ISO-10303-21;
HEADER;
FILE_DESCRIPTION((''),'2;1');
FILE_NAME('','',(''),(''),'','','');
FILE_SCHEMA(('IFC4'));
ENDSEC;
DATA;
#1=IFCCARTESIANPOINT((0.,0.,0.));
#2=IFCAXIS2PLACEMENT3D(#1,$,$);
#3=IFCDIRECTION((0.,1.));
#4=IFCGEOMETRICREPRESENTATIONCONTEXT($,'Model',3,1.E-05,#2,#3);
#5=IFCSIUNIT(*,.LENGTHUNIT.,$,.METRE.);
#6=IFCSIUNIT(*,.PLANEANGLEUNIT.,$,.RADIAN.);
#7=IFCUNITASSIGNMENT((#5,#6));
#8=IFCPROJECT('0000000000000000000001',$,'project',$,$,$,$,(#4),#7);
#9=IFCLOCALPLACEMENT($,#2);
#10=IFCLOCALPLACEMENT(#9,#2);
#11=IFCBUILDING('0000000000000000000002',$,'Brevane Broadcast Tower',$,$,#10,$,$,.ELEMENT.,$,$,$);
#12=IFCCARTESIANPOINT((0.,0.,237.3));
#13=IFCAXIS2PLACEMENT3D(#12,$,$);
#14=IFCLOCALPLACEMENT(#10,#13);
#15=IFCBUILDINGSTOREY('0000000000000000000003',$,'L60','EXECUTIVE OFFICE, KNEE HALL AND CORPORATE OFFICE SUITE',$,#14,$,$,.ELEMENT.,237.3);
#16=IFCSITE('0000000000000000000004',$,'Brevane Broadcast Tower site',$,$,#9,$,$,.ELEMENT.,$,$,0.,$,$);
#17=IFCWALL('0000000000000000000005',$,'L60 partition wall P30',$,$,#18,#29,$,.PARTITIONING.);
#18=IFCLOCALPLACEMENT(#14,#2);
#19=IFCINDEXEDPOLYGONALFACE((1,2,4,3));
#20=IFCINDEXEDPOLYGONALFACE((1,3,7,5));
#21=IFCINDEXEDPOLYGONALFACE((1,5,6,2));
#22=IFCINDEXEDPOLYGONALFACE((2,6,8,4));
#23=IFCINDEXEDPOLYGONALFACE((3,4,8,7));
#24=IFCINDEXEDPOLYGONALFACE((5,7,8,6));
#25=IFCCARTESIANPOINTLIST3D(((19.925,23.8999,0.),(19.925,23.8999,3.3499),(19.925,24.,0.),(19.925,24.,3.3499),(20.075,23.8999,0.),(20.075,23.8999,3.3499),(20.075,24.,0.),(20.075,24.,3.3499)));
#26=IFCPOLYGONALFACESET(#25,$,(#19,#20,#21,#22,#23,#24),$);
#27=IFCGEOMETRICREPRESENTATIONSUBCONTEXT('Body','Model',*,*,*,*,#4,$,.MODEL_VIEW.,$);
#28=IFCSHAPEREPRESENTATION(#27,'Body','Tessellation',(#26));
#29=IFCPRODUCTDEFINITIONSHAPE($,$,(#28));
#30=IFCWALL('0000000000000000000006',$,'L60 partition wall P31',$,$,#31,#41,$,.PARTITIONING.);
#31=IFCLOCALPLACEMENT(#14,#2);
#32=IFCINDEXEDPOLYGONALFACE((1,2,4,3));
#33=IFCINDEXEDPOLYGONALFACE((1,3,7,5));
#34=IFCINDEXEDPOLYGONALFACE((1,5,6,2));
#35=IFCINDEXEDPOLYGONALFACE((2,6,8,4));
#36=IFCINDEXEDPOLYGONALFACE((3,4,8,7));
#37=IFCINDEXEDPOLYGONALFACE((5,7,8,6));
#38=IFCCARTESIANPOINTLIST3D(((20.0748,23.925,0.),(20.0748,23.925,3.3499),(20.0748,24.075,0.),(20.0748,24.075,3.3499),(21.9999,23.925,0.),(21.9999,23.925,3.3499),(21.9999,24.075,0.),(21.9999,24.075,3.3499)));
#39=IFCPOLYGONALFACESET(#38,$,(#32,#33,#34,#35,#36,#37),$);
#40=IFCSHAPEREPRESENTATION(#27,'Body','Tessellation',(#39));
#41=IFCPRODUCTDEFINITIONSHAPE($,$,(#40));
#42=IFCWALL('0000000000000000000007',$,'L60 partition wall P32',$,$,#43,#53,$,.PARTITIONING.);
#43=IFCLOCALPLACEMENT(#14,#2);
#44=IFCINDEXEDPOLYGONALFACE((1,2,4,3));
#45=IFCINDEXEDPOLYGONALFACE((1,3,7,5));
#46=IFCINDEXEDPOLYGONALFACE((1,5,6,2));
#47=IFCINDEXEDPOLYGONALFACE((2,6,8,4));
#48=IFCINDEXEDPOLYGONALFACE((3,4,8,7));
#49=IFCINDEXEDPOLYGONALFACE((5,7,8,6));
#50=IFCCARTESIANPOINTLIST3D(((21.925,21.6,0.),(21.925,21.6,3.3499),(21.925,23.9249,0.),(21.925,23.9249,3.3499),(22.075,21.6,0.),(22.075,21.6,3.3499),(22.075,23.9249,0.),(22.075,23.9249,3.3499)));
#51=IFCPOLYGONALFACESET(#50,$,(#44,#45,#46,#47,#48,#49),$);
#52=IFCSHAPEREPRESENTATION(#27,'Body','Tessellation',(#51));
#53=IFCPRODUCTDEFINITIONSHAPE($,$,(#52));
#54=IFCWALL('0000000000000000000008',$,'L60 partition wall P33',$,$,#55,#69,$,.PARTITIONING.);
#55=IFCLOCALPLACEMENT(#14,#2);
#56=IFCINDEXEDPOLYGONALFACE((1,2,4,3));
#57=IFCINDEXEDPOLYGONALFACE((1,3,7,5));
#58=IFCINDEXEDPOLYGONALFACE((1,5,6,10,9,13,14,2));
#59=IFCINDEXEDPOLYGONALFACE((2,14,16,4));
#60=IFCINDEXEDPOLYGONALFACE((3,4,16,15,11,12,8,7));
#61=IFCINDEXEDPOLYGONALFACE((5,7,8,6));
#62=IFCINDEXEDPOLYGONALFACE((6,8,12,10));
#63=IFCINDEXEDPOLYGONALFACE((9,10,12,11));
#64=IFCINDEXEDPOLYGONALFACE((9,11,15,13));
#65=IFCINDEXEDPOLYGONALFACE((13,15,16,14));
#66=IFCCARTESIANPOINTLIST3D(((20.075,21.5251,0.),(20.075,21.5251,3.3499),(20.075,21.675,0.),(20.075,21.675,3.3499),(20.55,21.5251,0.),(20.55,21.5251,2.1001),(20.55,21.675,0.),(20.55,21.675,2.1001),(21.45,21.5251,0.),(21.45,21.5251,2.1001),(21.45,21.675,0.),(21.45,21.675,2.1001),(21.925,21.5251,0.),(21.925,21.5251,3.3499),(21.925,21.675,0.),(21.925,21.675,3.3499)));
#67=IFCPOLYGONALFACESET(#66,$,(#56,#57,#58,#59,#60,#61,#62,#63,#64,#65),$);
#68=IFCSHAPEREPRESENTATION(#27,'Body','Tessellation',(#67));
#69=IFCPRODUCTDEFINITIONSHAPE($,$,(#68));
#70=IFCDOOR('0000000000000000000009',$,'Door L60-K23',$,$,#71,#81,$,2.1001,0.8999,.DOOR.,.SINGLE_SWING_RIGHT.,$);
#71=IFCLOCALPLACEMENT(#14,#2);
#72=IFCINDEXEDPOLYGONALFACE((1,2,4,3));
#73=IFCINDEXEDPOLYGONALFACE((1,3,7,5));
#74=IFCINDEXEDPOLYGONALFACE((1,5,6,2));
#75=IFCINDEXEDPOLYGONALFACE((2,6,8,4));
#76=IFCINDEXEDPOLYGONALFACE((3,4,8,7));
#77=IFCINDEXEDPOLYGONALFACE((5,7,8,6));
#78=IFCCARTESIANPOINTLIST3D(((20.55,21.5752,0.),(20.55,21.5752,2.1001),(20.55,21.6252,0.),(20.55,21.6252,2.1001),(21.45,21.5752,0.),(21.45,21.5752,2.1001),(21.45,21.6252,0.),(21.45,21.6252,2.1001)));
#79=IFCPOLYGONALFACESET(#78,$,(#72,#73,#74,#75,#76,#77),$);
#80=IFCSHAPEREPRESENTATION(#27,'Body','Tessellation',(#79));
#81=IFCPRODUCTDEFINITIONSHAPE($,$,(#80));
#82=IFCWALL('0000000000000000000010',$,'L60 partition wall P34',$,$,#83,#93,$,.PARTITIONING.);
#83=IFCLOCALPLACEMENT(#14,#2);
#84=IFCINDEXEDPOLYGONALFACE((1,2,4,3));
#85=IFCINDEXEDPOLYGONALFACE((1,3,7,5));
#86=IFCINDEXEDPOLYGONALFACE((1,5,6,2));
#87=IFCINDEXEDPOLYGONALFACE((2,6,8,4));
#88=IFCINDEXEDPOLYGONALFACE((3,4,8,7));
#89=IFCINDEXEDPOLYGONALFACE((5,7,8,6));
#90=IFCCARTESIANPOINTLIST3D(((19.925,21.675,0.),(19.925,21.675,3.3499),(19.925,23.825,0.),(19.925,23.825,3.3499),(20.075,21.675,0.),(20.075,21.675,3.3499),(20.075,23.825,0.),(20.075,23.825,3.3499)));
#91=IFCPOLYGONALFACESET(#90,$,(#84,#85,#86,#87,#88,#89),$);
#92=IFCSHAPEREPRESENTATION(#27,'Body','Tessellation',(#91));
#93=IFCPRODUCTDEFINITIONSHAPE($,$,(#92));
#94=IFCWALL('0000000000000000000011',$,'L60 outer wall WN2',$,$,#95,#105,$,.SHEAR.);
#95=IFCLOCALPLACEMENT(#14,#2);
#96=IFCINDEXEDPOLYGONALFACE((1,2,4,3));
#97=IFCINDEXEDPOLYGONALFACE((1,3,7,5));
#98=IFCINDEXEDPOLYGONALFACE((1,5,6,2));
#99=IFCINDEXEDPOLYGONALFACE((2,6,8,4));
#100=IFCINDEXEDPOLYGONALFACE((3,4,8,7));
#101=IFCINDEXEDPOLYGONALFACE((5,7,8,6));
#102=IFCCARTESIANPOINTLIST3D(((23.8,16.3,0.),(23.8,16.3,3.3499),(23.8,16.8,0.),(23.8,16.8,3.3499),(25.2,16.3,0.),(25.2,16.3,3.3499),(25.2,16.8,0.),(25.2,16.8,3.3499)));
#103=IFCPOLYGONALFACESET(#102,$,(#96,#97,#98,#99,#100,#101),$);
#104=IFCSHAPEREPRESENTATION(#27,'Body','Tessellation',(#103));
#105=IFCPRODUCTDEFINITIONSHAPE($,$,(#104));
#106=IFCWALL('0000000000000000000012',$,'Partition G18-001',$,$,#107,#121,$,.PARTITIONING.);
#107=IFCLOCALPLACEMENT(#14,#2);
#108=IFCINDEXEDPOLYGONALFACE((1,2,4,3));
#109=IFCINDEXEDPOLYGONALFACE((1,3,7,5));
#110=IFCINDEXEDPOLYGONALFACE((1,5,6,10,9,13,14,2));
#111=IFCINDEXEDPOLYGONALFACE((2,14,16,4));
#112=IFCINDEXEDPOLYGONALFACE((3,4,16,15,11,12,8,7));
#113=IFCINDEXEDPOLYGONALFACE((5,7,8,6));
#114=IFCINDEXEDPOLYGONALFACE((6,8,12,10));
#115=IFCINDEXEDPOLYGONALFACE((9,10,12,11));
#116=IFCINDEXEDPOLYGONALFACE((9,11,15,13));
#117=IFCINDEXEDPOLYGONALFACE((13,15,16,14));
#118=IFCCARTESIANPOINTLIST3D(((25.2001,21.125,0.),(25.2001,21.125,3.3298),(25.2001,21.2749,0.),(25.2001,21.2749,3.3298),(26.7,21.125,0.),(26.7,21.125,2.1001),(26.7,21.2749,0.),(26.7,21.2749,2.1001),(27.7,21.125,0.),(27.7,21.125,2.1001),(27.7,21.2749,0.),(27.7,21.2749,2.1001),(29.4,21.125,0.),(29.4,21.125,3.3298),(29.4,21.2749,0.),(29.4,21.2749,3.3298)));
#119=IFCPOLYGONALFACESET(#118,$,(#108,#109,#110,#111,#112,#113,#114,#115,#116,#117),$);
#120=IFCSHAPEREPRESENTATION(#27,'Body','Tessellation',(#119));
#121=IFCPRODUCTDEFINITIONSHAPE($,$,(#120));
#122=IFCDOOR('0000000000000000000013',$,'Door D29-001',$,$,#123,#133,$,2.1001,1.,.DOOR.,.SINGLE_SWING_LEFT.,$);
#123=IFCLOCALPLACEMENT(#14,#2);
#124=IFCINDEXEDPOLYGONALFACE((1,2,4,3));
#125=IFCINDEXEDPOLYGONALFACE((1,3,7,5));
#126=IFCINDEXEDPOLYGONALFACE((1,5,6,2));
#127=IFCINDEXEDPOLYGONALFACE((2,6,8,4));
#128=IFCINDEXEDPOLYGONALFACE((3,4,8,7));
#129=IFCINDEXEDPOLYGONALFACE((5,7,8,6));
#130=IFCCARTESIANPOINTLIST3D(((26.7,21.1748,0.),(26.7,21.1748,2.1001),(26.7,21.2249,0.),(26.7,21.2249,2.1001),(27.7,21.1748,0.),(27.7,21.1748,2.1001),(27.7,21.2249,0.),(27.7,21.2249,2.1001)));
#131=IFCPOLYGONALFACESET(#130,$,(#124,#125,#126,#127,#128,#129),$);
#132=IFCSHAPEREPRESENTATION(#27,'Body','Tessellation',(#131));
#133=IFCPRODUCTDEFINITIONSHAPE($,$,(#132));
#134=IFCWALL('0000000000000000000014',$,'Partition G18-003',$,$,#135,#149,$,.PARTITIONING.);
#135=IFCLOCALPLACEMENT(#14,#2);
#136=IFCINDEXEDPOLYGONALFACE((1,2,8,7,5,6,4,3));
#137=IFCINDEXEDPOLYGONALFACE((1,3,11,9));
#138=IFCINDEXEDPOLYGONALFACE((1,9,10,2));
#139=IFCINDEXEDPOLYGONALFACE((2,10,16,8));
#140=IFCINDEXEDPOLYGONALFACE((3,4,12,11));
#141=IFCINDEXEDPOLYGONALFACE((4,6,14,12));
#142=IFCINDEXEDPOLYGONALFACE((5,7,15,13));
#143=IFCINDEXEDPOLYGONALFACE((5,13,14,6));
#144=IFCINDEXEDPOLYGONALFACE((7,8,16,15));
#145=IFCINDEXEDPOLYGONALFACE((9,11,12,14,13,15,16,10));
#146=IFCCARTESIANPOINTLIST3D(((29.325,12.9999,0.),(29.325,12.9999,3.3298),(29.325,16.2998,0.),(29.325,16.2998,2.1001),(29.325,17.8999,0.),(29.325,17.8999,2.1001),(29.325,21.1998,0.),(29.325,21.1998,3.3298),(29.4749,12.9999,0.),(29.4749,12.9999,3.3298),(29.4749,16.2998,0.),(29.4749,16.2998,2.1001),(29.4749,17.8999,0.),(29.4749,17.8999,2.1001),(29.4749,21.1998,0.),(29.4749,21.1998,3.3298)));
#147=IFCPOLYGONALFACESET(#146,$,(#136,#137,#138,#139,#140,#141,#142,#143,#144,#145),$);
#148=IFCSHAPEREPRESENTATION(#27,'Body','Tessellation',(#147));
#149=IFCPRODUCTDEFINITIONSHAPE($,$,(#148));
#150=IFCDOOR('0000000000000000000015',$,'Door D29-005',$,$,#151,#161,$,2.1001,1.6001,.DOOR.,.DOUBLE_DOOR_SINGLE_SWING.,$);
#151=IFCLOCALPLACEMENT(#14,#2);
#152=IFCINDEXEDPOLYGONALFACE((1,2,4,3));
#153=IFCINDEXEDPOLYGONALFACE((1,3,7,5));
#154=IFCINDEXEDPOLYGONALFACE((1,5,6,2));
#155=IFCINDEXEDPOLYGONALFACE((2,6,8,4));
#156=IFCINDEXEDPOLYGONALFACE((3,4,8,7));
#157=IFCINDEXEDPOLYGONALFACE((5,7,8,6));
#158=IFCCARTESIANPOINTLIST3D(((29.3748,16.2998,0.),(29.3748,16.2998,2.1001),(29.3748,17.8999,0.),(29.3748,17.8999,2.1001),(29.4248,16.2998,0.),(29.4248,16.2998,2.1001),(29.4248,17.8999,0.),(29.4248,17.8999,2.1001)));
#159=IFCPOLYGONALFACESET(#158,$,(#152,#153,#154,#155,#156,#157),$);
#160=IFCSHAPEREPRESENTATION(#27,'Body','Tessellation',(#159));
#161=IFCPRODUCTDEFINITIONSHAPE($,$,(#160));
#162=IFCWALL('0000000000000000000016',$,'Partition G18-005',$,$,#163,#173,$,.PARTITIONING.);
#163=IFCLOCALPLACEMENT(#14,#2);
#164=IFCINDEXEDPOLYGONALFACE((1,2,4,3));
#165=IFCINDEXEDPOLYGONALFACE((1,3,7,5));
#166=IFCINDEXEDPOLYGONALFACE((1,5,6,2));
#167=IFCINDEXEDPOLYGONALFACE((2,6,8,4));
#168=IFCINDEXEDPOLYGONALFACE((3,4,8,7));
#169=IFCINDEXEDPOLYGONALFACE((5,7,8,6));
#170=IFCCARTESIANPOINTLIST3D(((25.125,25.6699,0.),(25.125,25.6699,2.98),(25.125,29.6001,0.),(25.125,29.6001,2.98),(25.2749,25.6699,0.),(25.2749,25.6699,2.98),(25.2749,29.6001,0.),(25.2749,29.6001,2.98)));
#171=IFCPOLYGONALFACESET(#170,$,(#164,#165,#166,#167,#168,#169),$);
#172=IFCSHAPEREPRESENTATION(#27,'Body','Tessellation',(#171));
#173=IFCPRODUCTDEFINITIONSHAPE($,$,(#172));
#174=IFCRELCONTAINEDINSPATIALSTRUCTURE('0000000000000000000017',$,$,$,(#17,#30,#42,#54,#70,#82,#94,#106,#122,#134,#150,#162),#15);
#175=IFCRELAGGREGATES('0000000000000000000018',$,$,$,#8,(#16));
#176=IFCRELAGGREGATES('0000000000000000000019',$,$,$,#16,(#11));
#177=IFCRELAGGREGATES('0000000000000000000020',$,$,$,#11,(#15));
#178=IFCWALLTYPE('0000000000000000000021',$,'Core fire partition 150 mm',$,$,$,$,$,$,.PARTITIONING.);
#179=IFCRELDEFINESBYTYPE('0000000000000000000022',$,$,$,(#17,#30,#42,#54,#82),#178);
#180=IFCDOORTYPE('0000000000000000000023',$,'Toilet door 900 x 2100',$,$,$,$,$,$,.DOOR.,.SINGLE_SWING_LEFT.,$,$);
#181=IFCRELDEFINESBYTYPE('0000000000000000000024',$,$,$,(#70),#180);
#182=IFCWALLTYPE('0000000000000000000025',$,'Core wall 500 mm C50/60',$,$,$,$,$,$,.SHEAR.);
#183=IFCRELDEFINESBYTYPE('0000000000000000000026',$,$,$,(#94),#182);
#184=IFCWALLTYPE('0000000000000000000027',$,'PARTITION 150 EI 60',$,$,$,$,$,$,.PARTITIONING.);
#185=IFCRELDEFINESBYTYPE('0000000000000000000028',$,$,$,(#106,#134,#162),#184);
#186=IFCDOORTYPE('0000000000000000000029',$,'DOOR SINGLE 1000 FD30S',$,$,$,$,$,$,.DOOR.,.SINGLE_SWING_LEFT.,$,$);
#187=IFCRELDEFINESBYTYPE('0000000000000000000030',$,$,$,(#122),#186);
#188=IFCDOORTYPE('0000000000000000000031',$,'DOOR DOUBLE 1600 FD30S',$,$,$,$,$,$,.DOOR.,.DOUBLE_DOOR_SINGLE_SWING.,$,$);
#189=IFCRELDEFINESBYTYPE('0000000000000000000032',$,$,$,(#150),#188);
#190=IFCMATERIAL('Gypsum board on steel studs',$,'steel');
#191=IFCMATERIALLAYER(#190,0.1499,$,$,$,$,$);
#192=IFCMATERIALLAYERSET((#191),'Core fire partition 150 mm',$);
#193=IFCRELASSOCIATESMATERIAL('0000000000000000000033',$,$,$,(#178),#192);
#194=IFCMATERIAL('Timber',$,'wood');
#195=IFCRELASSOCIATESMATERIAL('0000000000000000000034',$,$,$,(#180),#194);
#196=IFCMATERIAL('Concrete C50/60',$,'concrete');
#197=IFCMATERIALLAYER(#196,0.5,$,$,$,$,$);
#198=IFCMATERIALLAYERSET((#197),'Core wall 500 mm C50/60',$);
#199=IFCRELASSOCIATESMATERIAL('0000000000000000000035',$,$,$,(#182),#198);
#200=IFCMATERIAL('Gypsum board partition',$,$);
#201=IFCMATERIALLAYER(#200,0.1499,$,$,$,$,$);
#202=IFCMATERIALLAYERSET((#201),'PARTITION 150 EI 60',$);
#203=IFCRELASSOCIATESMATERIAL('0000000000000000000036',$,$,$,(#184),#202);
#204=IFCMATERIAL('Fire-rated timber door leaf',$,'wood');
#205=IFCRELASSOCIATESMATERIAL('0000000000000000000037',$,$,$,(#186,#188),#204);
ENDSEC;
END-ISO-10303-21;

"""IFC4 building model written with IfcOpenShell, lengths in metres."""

from ifc_helpers import new_model, si_unit, direction, frame, frame_2d, origin, place, context, subcontext, project, spatial, rectangle, extrude, material, layer, layer_set, type_object, element, fill, save


model = new_model("IFC4")

# Units and contexts
model_context = context("Model", 3, precision=1e-05, world=origin(), true_north=direction((0.0, 1.0)))
body_context = subcontext(model_context, "Body", "Model", "MODEL_VIEW")
ifc_project = project(units=[si_unit("LENGTHUNIT", "METRE"), si_unit("PLANEANGLEUNIT", "RADIAN")], contexts=[model_context])

# Site, building, storey
site_placement = place(None, origin())
site = spatial("IfcSite", under=ifc_project, at=site_placement, Name="Brevane Broadcast Tower site", CompositionType="ELEMENT", RefElevation=0.0)
building_placement = place(site_placement, origin())
building = spatial("IfcBuilding", under=site, at=building_placement, Name="Brevane Broadcast Tower", CompositionType="ELEMENT")
storey_placement = place(building_placement, frame((0.0, 0.0, 237.3)))
storey = spatial("IfcBuildingStorey", under=building, at=storey_placement, Name="L60", Description="EXECUTIVE OFFICE, KNEE HALL AND CORPORATE OFFICE SUITE", CompositionType="ELEMENT", Elevation=237.3)

# Shared definitions
ifc_material_1 = material(Name="Concrete C50/60", Category="concrete")

# Shared definitions
ifc_material_2 = material(Name="Gypsum board on steel studs", Category="steel")
ifc_layer_1 = layer(ifc_material_2, 0.1499)
ifc_layer_set_1 = layer_set([ifc_layer_1], Name="Core fire partition 150 mm")
wall_type_1 = type_object("IfcWallType", Name="Core fire partition 150 mm", PredefinedType="PARTITIONING", material=ifc_layer_set_1)

# Walls
wall_1_placement = place(storey_placement, frame((20.0, 23.8999, 0.0), z_axis=(0.0, 0.0, 1.0), x_axis=(0.0, 1.0, 0.0)))
element("IfcWall", 1, at=wall_1_placement, inside=storey, type_object=wall_type_1, Name="L60 partition wall P30", PredefinedType="PARTITIONING", context=body_context, shape_type="SweptSolid", body=[
    extrude(rectangle(XDim=0.1001, YDim=0.1499, at=frame_2d((0.05, 0.0))), origin(), (0.0, 0.0, 1.0), 3.3499),
])
wall_2_placement = place(storey_placement, frame((20.075, 24.0, 0.0), z_axis=(0.0, 0.0, 1.0), x_axis=(1.0, 0.0, 0.0)))
element("IfcWall", 2, at=wall_2_placement, inside=storey, type_object=wall_type_1, Name="L60 partition wall P31", PredefinedType="PARTITIONING", context=body_context, shape_type="SweptSolid", body=[
    extrude(rectangle(XDim=1.925, YDim=0.1499, at=frame_2d((0.9624, 0.0))), origin(), (0.0, 0.0, 1.0), 3.3499),
])
wall_3_placement = place(storey_placement, frame((22.0, 23.925, 0.0), z_axis=(0.0, 0.0, 1.0), x_axis=(0.0, -1.0, 0.0)))
element("IfcWall", 3, at=wall_3_placement, inside=storey, type_object=wall_type_1, Name="L60 partition wall P32", PredefinedType="PARTITIONING", context=body_context, shape_type="SweptSolid", body=[
    extrude(rectangle(XDim=2.325, YDim=0.1499, at=frame_2d((1.1626, 0.0))), origin(), (0.0, 0.0, 1.0), 3.3499),
])

# Wall, opening, door
wall_4_placement = place(storey_placement, frame((21.925, 21.6001, 0.0), z_axis=(0.0, 0.0, 1.0), x_axis=(-1.0, 0.0, 0.0)))
wall_4 = element("IfcWall", 4, at=wall_4_placement, inside=storey, type_object=wall_type_1, Name="L60 partition wall P33", PredefinedType="PARTITIONING", context=body_context, shape_type="SweptSolid", body=[
    extrude(rectangle(XDim=1.8501, YDim=0.1499, at=frame_2d((0.925, 0.0))), origin(), (0.0, 0.0, 1.0), 3.3499),
])
opening_1_placement = place(wall_4_placement, frame((0.4751, 0.0, 0.0)))
opening_1 = element("IfcOpeningElement", 5, at=opening_1_placement, cuts=wall_4, PredefinedType="OPENING", context=body_context, shape_type="SweptSolid", body=[
    extrude(rectangle(XDim=0.8999, YDim=2.1001, at=frame_2d((0.45, 1.05))), frame((0.0, 0.085, 0.0), z_axis=(0.0, -1.0, 0.0), x_axis=(1.0, 0.0, 0.0)), (0.0, 0.0, 1.0), 0.1699),
])
ifc_material_3 = material(Name="Timber", Category="wood")
door_type_1 = type_object("IfcDoorType", Name="Toilet door 900 x 2100", OperationType="SINGLE_SWING_LEFT", PredefinedType="DOOR", material=ifc_material_3)
door_1_placement = place(opening_1_placement, origin())
door_1 = element("IfcDoor", 6, at=door_1_placement, inside=storey, type_object=door_type_1, Name="Door L60-K23", OperationType="SINGLE_SWING_RIGHT", OverallHeight=2.1001, OverallWidth=0.8999, PredefinedType="DOOR", context=body_context, shape_type="SweptSolid", body=[
    extrude(rectangle(XDim=0.8999, YDim=2.1001, at=frame_2d((0.45, 1.05))), frame((0.0, 0.0249, 0.0), z_axis=(0.0, -1.0, 0.0), x_axis=(1.0, 0.0, 0.0)), (0.0, 0.0, 1.0), 0.05),
])
fill(opening_1, door_1)

# Walls
wall_5_placement = place(storey_placement, frame((20.0, 21.675, 0.0), z_axis=(0.0, 0.0, 1.0), x_axis=(0.0, 1.0, 0.0)))
element("IfcWall", 7, at=wall_5_placement, inside=storey, type_object=wall_type_1, Name="L60 partition wall P34", PredefinedType="PARTITIONING", context=body_context, shape_type="SweptSolid", body=[
    extrude(rectangle(XDim=2.1499, YDim=0.1499, at=frame_2d((1.075, 0.0))), origin(), (0.0, 0.0, 1.0), 3.3499),
])
ifc_layer_2 = layer(ifc_material_1, 0.5)
ifc_layer_set_2 = layer_set([ifc_layer_2], Name="Core wall 500 mm C50/60")
wall_type_2 = type_object("IfcWallType", Name="Core wall 500 mm C50/60", PredefinedType="SHEAR", material=ifc_layer_set_2)
wall_6_placement = place(storey_placement, frame((23.8, 16.55, 0.0), z_axis=(0.0, 0.0, 1.0), x_axis=(1.0, 0.0, 0.0)))
element("IfcWall", 8, at=wall_6_placement, inside=storey, type_object=wall_type_2, Name="L60 outer wall WN2", PredefinedType="SHEAR", context=body_context, shape_type="SweptSolid", body=[
    extrude(rectangle(XDim=1.3999, YDim=0.5, at=frame_2d((0.7, 0.0))), origin(), (0.0, 0.0, 1.0), 3.3499),
])

# Walls, openings, doors
ifc_material_4 = material(Name="Gypsum board partition")
ifc_layer_3 = layer(ifc_material_4, 0.1499)
ifc_layer_set_3 = layer_set([ifc_layer_3], Name="PARTITION 150 EI 60")
wall_type_3 = type_object("IfcWallType", Name="PARTITION 150 EI 60", PredefinedType="PARTITIONING", material=ifc_layer_set_3)
wall_7_placement = place(storey_placement, frame((25.2, 21.2, 0.0), z_axis=(0.0, 0.0, 1.0), x_axis=(1.0, 0.0, 0.0)))
wall_7 = element("IfcWall", 9, at=wall_7_placement, inside=storey, type_object=wall_type_3, Name="Partition G18-001", PredefinedType="PARTITIONING", context=body_context, shape_type="SweptSolid", body=[
    extrude(rectangle(XDim=4.2, YDim=0.1499, at=frame_2d((2.1001, 0.0))), origin(), (0.0, 0.0, 1.0), 3.3298),
])
opening_2_placement = place(wall_7_placement, frame((1.5, 0.0, 0.0)))
opening_2 = element("IfcOpeningElement", 10, at=opening_2_placement, cuts=wall_7, PredefinedType="OPENING", context=body_context, shape_type="SweptSolid", body=[
    extrude(rectangle(XDim=1.0, YDim=2.1001, at=frame_2d((0.5, 1.05))), frame((0.0, 0.085, 0.0), z_axis=(0.0, -1.0, 0.0), x_axis=(1.0, 0.0, 0.0)), (0.0, 0.0, 1.0), 0.1699),
])
ifc_material_5 = material(Name="Fire-rated timber door leaf", Category="wood")
door_type_2 = type_object("IfcDoorType", Name="DOOR SINGLE 1000 FD30S", OperationType="SINGLE_SWING_LEFT", PredefinedType="DOOR", material=ifc_material_5)
door_2_placement = place(opening_2_placement, origin())
door_2 = element("IfcDoor", 11, at=door_2_placement, inside=storey, type_object=door_type_2, Name="Door D29-001", OperationType="SINGLE_SWING_LEFT", OverallHeight=2.1001, OverallWidth=1.0, PredefinedType="DOOR", context=body_context, shape_type="SweptSolid", body=[
    extrude(rectangle(XDim=1.0, YDim=2.1001, at=frame_2d((0.5, 1.05))), frame((0.0, 0.0249, 0.0), z_axis=(0.0, -1.0, 0.0), x_axis=(1.0, 0.0, 0.0)), (0.0, 0.0, 1.0), 0.05),
])
fill(opening_2, door_2)
wall_8_placement = place(storey_placement, frame((29.3999, 21.2, 0.0), z_axis=(0.0, 0.0, 1.0), x_axis=(0.0, -1.0, 0.0)))
wall_8 = element("IfcWall", 12, at=wall_8_placement, inside=storey, type_object=wall_type_3, Name="Partition G18-003", PredefinedType="PARTITIONING", context=body_context, shape_type="SweptSolid", body=[
    extrude(rectangle(XDim=8.2, YDim=0.1499, at=frame_2d((4.1001, 0.0))), origin(), (0.0, 0.0, 1.0), 3.3298),
])
opening_3_placement = place(wall_8_placement, frame((3.3, 0.0, 0.0)))
opening_3 = element("IfcOpeningElement", 13, at=opening_3_placement, cuts=wall_8, PredefinedType="OPENING", context=body_context, shape_type="SweptSolid", body=[
    extrude(rectangle(XDim=1.6001, YDim=2.1001, at=frame_2d((0.8, 1.05))), frame((0.0, 0.085, 0.0), z_axis=(0.0, -1.0, 0.0), x_axis=(1.0, 0.0, 0.0)), (0.0, 0.0, 1.0), 0.1699),
])
door_type_3 = type_object("IfcDoorType", Name="DOOR DOUBLE 1600 FD30S", OperationType="DOUBLE_DOOR_SINGLE_SWING", PredefinedType="DOOR", material=ifc_material_5)
door_3_placement = place(opening_3_placement, origin())
door_3 = element("IfcDoor", 14, at=door_3_placement, inside=storey, type_object=door_type_3, Name="Door D29-005", OperationType="DOUBLE_DOOR_SINGLE_SWING", OverallHeight=2.1001, OverallWidth=1.6001, PredefinedType="DOOR", context=body_context, shape_type="SweptSolid", body=[
    extrude(rectangle(XDim=1.6001, YDim=2.1001, at=frame_2d((0.8, 1.05))), frame((0.0, 0.0249, 0.0), z_axis=(0.0, -1.0, 0.0), x_axis=(1.0, 0.0, 0.0)), (0.0, 0.0, 1.0), 0.05),
])
fill(opening_3, door_3)

# Wall
wall_9_placement = place(storey_placement, frame((25.2, 25.6699, 0.0), z_axis=(0.0, 0.0, 1.0), x_axis=(0.0, 1.0, 0.0)))
element("IfcWall", 15, at=wall_9_placement, inside=storey, type_object=wall_type_3, Name="Partition G18-005", PredefinedType="PARTITIONING", context=body_context, shape_type="SweptSolid", body=[
    extrude(rectangle(XDim=3.9302, YDim=0.1499, at=frame_2d((1.9651, 0.0))), origin(), (0.0, 0.0, 1.0), 2.98),
])

save(model, "model.ifc")
